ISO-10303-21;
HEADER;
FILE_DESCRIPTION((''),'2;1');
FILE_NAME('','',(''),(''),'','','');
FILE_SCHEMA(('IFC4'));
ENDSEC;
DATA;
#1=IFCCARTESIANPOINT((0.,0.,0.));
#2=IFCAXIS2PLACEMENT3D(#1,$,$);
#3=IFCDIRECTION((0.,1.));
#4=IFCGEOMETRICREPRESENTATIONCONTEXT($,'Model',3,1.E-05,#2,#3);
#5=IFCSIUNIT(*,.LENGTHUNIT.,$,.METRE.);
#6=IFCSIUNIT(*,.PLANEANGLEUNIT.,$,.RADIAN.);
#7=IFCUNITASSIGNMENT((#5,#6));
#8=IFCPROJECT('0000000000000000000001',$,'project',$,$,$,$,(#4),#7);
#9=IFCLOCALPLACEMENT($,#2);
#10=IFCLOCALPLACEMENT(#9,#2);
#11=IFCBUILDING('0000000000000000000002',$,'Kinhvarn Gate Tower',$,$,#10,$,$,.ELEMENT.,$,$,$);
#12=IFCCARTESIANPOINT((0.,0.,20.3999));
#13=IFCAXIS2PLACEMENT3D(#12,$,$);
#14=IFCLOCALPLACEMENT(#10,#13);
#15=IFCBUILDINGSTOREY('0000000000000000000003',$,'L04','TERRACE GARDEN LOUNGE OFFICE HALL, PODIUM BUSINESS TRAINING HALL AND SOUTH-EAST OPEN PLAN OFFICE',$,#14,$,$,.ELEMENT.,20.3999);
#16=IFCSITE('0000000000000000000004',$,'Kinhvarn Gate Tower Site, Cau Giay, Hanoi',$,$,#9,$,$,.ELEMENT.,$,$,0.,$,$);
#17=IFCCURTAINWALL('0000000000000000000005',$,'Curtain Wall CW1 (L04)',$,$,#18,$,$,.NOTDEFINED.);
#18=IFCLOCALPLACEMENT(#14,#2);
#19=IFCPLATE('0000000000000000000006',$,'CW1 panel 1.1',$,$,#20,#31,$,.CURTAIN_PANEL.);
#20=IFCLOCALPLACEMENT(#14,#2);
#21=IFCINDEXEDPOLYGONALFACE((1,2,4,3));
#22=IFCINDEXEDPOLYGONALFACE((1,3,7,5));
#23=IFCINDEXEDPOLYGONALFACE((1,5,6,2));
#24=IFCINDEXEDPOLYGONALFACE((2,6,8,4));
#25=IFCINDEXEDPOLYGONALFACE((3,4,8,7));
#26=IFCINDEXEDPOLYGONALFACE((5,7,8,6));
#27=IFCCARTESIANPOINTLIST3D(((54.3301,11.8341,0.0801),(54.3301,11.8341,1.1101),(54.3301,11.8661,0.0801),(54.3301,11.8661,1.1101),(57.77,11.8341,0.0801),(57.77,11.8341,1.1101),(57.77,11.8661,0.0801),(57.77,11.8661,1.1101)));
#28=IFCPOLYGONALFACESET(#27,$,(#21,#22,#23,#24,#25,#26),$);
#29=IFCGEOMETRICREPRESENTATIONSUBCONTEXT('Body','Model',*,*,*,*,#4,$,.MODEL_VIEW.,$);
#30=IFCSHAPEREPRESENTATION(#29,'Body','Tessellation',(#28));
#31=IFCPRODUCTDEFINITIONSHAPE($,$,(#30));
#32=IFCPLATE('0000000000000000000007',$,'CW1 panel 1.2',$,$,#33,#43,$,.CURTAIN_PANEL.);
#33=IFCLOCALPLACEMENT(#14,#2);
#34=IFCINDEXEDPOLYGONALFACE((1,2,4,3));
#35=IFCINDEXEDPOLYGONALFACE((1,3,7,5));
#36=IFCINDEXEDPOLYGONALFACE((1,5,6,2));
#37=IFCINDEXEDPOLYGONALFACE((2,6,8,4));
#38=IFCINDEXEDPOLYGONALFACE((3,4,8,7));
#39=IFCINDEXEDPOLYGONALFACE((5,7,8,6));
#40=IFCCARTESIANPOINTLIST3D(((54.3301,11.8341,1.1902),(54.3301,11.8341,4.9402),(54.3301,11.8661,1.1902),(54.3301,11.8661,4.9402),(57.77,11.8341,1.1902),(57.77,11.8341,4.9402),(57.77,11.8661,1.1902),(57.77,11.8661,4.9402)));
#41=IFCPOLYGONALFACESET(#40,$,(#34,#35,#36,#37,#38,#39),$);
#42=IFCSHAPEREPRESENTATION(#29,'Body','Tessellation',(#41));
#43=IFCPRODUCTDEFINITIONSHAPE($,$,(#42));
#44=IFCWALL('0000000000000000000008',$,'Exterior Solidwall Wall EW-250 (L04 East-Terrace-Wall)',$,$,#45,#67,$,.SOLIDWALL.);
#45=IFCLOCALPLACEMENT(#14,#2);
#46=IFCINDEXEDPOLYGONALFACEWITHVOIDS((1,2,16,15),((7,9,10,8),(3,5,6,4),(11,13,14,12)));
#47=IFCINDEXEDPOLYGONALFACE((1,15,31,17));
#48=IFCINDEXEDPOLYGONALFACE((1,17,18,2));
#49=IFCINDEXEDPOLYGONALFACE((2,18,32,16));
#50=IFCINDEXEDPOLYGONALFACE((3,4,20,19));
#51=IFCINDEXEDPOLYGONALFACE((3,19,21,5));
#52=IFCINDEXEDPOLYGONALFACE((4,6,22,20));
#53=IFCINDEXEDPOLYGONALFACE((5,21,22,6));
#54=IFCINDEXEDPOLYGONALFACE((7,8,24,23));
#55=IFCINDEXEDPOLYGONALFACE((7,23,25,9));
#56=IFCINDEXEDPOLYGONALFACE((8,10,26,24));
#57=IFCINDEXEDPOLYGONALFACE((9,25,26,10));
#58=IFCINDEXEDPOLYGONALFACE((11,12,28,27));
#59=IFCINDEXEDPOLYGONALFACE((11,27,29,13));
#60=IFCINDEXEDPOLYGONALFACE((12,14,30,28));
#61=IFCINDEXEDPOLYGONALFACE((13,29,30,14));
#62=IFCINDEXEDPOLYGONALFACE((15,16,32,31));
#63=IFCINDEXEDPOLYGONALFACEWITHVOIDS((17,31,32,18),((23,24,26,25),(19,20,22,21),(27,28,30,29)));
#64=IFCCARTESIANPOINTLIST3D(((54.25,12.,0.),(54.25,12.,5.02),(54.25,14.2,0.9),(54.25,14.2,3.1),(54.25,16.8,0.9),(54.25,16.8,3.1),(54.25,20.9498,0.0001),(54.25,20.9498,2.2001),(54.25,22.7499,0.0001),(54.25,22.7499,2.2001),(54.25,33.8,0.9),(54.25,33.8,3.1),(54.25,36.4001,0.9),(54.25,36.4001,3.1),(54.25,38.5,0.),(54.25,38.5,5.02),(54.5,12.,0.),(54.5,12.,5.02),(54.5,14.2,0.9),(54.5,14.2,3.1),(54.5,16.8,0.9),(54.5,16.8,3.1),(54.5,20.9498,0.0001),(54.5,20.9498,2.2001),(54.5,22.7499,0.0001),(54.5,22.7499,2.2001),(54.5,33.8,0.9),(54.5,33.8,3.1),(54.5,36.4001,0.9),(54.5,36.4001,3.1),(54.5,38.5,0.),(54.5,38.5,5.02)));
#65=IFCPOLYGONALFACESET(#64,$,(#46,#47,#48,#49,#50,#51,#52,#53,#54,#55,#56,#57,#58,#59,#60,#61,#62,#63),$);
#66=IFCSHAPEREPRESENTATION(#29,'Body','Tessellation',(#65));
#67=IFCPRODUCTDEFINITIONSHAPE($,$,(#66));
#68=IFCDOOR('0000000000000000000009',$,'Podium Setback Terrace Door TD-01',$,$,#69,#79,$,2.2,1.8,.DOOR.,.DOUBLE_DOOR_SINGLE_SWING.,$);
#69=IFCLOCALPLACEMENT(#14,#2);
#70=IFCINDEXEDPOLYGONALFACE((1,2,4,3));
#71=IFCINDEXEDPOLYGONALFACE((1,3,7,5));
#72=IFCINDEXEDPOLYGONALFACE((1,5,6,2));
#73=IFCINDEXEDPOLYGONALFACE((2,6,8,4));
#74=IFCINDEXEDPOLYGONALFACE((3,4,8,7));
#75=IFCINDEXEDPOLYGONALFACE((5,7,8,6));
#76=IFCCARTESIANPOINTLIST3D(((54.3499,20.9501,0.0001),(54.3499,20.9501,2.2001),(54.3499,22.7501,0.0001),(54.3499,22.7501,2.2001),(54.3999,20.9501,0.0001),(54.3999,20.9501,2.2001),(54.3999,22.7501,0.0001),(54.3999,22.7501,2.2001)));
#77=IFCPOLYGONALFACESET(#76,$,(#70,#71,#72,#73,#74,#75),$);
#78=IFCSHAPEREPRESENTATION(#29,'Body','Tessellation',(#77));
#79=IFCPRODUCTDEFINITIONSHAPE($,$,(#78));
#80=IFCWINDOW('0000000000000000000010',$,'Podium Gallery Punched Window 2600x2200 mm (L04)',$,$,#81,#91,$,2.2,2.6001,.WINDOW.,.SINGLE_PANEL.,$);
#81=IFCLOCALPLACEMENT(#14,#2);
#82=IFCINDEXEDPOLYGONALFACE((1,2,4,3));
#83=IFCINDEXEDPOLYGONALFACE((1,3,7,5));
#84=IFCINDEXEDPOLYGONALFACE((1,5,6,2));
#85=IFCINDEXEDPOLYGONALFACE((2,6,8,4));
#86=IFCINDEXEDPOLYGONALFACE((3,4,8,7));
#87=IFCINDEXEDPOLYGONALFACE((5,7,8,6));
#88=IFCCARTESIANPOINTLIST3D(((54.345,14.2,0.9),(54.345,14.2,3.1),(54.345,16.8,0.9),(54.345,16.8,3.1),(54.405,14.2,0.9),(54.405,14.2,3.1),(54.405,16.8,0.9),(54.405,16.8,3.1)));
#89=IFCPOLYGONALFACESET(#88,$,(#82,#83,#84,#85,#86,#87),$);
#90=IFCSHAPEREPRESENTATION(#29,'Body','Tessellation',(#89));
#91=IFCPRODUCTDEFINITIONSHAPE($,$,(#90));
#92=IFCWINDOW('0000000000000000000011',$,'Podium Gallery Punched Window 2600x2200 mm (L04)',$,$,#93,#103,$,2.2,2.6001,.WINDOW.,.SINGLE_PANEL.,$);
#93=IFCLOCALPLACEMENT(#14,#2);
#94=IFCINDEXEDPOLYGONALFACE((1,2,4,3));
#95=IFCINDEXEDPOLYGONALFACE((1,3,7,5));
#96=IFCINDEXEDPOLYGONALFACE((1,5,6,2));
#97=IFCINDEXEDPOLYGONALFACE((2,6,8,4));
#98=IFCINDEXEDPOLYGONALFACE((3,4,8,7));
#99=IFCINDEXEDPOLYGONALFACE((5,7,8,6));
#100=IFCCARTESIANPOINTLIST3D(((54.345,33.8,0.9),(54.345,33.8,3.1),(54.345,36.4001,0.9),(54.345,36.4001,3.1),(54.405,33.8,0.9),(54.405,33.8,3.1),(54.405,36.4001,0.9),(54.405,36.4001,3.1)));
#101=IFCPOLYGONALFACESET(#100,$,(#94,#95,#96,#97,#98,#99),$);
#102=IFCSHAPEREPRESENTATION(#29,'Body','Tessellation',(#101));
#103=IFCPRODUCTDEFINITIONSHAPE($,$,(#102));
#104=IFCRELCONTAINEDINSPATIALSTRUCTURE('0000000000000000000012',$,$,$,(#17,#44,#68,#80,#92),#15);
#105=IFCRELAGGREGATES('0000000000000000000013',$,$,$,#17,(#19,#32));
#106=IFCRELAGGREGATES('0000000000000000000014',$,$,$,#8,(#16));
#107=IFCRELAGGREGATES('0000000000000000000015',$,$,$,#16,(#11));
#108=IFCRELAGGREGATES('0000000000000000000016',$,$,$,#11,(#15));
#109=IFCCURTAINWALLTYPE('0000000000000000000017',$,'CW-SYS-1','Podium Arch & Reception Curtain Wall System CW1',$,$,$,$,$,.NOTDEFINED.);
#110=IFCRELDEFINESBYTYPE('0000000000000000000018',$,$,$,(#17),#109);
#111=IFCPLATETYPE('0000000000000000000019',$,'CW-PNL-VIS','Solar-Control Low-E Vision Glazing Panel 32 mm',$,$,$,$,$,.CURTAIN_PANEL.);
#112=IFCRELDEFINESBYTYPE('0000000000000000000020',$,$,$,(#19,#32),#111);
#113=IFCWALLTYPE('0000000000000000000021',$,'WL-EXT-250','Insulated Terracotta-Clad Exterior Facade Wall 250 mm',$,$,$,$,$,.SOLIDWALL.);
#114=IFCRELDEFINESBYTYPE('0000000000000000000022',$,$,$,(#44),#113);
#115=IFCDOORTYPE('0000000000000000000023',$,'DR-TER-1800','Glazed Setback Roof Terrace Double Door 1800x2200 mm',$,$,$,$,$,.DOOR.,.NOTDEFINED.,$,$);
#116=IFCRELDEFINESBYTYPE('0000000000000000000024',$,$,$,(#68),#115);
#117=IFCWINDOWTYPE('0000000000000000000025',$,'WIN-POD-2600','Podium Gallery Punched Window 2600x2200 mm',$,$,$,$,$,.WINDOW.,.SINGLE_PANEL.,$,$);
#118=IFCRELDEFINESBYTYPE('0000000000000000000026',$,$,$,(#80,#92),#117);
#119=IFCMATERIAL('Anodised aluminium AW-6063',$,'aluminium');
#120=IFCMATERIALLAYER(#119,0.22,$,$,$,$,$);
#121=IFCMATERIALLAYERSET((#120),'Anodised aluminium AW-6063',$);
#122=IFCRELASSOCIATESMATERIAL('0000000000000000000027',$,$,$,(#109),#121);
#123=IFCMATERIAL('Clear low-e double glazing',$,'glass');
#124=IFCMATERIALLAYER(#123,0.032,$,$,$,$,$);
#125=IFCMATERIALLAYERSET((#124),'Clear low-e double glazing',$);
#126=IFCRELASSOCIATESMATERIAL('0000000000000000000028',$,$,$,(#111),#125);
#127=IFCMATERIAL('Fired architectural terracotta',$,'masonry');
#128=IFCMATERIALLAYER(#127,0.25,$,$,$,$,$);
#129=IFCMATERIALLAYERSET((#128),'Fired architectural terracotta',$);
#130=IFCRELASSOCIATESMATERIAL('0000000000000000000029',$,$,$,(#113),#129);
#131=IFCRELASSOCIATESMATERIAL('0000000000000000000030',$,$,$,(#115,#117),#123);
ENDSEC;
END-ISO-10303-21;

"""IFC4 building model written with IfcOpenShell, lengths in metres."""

from ifc_helpers import new_model, si_unit, direction, frame, frame_2d, origin, origin_2d, place, context, subcontext, project, spatial, rectangle, extrude, material, layer, layer_set, type_object, element, fill, aggregate, save


model = new_model("IFC4")

# Units and contexts
model_context = context("Model", 3, precision=1e-05, world=origin(), true_north=direction((0.0, 1.0)))
body_context = subcontext(model_context, "Body", "Model", "MODEL_VIEW")
ifc_project = project(units=[si_unit("LENGTHUNIT", "METRE"), si_unit("PLANEANGLEUNIT", "RADIAN")], contexts=[model_context])

# Site, building, storey
site_placement = place(None, origin())
site = spatial("IfcSite", under=ifc_project, at=site_placement, Name="Kinhvarn Gate Tower Site, Cau Giay, Hanoi", CompositionType="ELEMENT", RefElevation=0.0)
building_placement = place(site_placement, origin())
building = spatial("IfcBuilding", under=site, at=building_placement, Name="Kinhvarn Gate Tower", CompositionType="ELEMENT")
storey_placement = place(building_placement, frame((0.0, 0.0, 20.3999)))
storey = spatial("IfcBuildingStorey", under=building, at=storey_placement, Name="L04", Description="TERRACE GARDEN LOUNGE OFFICE HALL, PODIUM BUSINESS TRAINING HALL AND SOUTH-EAST OPEN PLAN OFFICE", CompositionType="ELEMENT", Elevation=20.3999)

# Curtain wall
ifc_material_1 = material(Name="Anodised aluminium AW-6063", Category="aluminium")
ifc_layer_1 = layer(ifc_material_1, 0.22)
ifc_layer_set_1 = layer_set([ifc_layer_1], Name="Anodised aluminium AW-6063")
curtain_wall_type = type_object("IfcCurtainWallType", Name="CW-SYS-1", Description="Podium Arch & Reception Curtain Wall System CW1", PredefinedType="NOTDEFINED", material=ifc_layer_set_1)
curtain_wall_1_placement = place(storey_placement, origin())
curtain_wall_1 = element("IfcCurtainWall", 1, at=curtain_wall_1_placement, inside=storey, type_object=curtain_wall_type, Name="Curtain Wall CW1 (L04)", PredefinedType="NOTDEFINED")

# Plates
ifc_material_2 = material(Name="Clear low-e double glazing", Category="glass")
ifc_layer_2 = layer(ifc_material_2, 0.032)
ifc_layer_set_2 = layer_set([ifc_layer_2], Name="Clear low-e double glazing")
plate_type = type_object("IfcPlateType", Name="CW-PNL-VIS", Description="Solar-Control Low-E Vision Glazing Panel 32 mm", PredefinedType="CURTAIN_PANEL", material=ifc_layer_set_2)
plate_1_placement = place(storey_placement, frame((56.05, 11.8501, 0.0801), z_axis=(0.0, 0.0, 1.0), x_axis=(-1.0, 0.0, 0.0)))
plate_1 = element("IfcPlate", 2, at=plate_1_placement, type_object=plate_type, Name="CW1 panel 1.1", PredefinedType="CURTAIN_PANEL", context=body_context, shape_type="SweptSolid", body=[
    extrude(rectangle(XDim=3.4399, YDim=0.032, at=origin_2d()), origin(), (0.0, 0.0, 1.0), 1.03),
])
plate_2_placement = place(storey_placement, frame((56.05, 11.8501, 1.1902), z_axis=(0.0, 0.0, 1.0), x_axis=(-1.0, 0.0, 0.0)))
plate_2 = element("IfcPlate", 3, at=plate_2_placement, type_object=plate_type, Name="CW1 panel 1.2", PredefinedType="CURTAIN_PANEL", context=body_context, shape_type="SweptSolid", body=[
    extrude(rectangle(XDim=3.4399, YDim=0.032, at=origin_2d()), origin(), (0.0, 0.0, 1.0), 3.75),
])
aggregate(curtain_wall_1, [plate_1, plate_2])

# Wall, openings, door, windows
ifc_material_3 = material(Name="Fired architectural terracotta", Category="masonry")
ifc_layer_3 = layer(ifc_material_3, 0.25)
ifc_layer_set_3 = layer_set([ifc_layer_3], Name="Fired architectural terracotta")
wall_type = type_object("IfcWallType", Name="WL-EXT-250", Description="Insulated Terracotta-Clad Exterior Facade Wall 250 mm", PredefinedType="SOLIDWALL", material=ifc_layer_set_3)
wall_placement = place(storey_placement, frame((54.375, 12.0, 0.0), z_axis=(0.0, 0.0, 1.0), x_axis=(0.0, 1.0, 0.0)))
wall = element("IfcWall", 4, at=wall_placement, inside=storey, type_object=wall_type, Name="Exterior Solidwall Wall EW-250 (L04 East-Terrace-Wall)", PredefinedType="SOLIDWALL", context=body_context, shape_type="SweptSolid", body=[
    extrude(rectangle(XDim=26.5, YDim=0.25, at=frame_2d((13.25, 0.0))), origin(), (0.0, 0.0, 1.0), 5.02),
])
opening_1_placement = place(wall_placement, frame((8.95, 0.0, 0.0)))
opening_1 = element("IfcOpeningElement", 5, at=opening_1_placement, cuts=wall, PredefinedType="OPENING", context=body_context, shape_type="SweptSolid", body=[
    extrude(rectangle(XDim=1.8, YDim=2.2, at=frame_2d((0.8999, 1.1001))), frame((0.0, 0.135, 0.0), z_axis=(0.0, -1.0, 0.0), x_axis=(1.0, 0.0, 0.0)), (0.0, 0.0, 1.0), 0.27),
])
opening_2_placement = place(wall_placement, frame((2.2, 0.0, 0.8999)))
opening_2 = element("IfcOpeningElement", 6, at=opening_2_placement, cuts=wall, PredefinedType="OPENING", context=body_context, shape_type="SweptSolid", body=[
    extrude(rectangle(XDim=2.6001, YDim=2.2, at=frame_2d((1.3, 1.1001))), frame((0.0, 0.135, 0.0), z_axis=(0.0, -1.0, 0.0), x_axis=(1.0, 0.0, 0.0)), (0.0, 0.0, 1.0), 0.27),
])
opening_3_placement = place(wall_placement, frame((21.8, 0.0, 0.8999)))
opening_3 = element("IfcOpeningElement", 7, at=opening_3_placement, cuts=wall, PredefinedType="OPENING", context=body_context, shape_type="SweptSolid", body=[
    extrude(rectangle(XDim=2.6001, YDim=2.2, at=frame_2d((1.3, 1.1001))), frame((0.0, 0.135, 0.0), z_axis=(0.0, -1.0, 0.0), x_axis=(1.0, 0.0, 0.0)), (0.0, 0.0, 1.0), 0.27),
])
door_type = type_object("IfcDoorType", Name="DR-TER-1800", Description="Glazed Setback Roof Terrace Double Door 1800x2200 mm", OperationType="NOTDEFINED", PredefinedType="DOOR", material=ifc_material_2)
door_placement = place(opening_1_placement, frame((1.8, 0.0, 0.0), z_axis=(0.0, 0.0, 1.0), x_axis=(-1.0, 0.0, 0.0)))
door = element("IfcDoor", 8, at=door_placement, inside=storey, type_object=door_type, Name="Podium Setback Terrace Door TD-01", OperationType="DOUBLE_DOOR_SINGLE_SWING", OverallHeight=2.2, OverallWidth=1.8, PredefinedType="DOOR", context=body_context, shape_type="SweptSolid", body=[
    extrude(rectangle(XDim=1.8, YDim=2.2, at=frame_2d((0.8999, 1.1001))), frame((0.0, 0.0249, 0.0), z_axis=(0.0, -1.0, 0.0), x_axis=(1.0, 0.0, 0.0)), (0.0, 0.0, 1.0), 0.05),
])
fill(opening_1, door)
window_type = type_object("IfcWindowType", Name="WIN-POD-2600", Description="Podium Gallery Punched Window 2600x2200 mm", PartitioningType="SINGLE_PANEL", PredefinedType="WINDOW", material=ifc_material_2)
window_1_placement = place(opening_2_placement, origin())
window_1 = element("IfcWindow", 9, at=window_1_placement, inside=storey, type_object=window_type, Name="Podium Gallery Punched Window 2600x2200 mm (L04)", OverallHeight=2.2, OverallWidth=2.6001, PartitioningType="SINGLE_PANEL", PredefinedType="WINDOW", context=body_context, shape_type="SweptSolid", body=[
    extrude(rectangle(XDim=2.6001, YDim=2.2, at=frame_2d((1.3, 1.1001))), frame((0.0, 0.03, 0.0), z_axis=(0.0, -1.0, 0.0), x_axis=(1.0, 0.0, 0.0)), (0.0, 0.0, 1.0), 0.0601),
])
fill(opening_2, window_1)
window_2_placement = place(opening_3_placement, origin())
window_2 = element("IfcWindow", 10, at=window_2_placement, inside=storey, type_object=window_type, Name="Podium Gallery Punched Window 2600x2200 mm (L04)", OverallHeight=2.2, OverallWidth=2.6001, PartitioningType="SINGLE_PANEL", PredefinedType="WINDOW", context=body_context, shape_type="SweptSolid", body=[
    extrude(rectangle(XDim=2.6001, YDim=2.2, at=frame_2d((1.3, 1.1001))), frame((0.0, 0.03, 0.0), z_axis=(0.0, -1.0, 0.0), x_axis=(1.0, 0.0, 0.0)), (0.0, 0.0, 1.0), 0.0601),
])
fill(opening_3, window_2)

save(model, "model.ifc")
